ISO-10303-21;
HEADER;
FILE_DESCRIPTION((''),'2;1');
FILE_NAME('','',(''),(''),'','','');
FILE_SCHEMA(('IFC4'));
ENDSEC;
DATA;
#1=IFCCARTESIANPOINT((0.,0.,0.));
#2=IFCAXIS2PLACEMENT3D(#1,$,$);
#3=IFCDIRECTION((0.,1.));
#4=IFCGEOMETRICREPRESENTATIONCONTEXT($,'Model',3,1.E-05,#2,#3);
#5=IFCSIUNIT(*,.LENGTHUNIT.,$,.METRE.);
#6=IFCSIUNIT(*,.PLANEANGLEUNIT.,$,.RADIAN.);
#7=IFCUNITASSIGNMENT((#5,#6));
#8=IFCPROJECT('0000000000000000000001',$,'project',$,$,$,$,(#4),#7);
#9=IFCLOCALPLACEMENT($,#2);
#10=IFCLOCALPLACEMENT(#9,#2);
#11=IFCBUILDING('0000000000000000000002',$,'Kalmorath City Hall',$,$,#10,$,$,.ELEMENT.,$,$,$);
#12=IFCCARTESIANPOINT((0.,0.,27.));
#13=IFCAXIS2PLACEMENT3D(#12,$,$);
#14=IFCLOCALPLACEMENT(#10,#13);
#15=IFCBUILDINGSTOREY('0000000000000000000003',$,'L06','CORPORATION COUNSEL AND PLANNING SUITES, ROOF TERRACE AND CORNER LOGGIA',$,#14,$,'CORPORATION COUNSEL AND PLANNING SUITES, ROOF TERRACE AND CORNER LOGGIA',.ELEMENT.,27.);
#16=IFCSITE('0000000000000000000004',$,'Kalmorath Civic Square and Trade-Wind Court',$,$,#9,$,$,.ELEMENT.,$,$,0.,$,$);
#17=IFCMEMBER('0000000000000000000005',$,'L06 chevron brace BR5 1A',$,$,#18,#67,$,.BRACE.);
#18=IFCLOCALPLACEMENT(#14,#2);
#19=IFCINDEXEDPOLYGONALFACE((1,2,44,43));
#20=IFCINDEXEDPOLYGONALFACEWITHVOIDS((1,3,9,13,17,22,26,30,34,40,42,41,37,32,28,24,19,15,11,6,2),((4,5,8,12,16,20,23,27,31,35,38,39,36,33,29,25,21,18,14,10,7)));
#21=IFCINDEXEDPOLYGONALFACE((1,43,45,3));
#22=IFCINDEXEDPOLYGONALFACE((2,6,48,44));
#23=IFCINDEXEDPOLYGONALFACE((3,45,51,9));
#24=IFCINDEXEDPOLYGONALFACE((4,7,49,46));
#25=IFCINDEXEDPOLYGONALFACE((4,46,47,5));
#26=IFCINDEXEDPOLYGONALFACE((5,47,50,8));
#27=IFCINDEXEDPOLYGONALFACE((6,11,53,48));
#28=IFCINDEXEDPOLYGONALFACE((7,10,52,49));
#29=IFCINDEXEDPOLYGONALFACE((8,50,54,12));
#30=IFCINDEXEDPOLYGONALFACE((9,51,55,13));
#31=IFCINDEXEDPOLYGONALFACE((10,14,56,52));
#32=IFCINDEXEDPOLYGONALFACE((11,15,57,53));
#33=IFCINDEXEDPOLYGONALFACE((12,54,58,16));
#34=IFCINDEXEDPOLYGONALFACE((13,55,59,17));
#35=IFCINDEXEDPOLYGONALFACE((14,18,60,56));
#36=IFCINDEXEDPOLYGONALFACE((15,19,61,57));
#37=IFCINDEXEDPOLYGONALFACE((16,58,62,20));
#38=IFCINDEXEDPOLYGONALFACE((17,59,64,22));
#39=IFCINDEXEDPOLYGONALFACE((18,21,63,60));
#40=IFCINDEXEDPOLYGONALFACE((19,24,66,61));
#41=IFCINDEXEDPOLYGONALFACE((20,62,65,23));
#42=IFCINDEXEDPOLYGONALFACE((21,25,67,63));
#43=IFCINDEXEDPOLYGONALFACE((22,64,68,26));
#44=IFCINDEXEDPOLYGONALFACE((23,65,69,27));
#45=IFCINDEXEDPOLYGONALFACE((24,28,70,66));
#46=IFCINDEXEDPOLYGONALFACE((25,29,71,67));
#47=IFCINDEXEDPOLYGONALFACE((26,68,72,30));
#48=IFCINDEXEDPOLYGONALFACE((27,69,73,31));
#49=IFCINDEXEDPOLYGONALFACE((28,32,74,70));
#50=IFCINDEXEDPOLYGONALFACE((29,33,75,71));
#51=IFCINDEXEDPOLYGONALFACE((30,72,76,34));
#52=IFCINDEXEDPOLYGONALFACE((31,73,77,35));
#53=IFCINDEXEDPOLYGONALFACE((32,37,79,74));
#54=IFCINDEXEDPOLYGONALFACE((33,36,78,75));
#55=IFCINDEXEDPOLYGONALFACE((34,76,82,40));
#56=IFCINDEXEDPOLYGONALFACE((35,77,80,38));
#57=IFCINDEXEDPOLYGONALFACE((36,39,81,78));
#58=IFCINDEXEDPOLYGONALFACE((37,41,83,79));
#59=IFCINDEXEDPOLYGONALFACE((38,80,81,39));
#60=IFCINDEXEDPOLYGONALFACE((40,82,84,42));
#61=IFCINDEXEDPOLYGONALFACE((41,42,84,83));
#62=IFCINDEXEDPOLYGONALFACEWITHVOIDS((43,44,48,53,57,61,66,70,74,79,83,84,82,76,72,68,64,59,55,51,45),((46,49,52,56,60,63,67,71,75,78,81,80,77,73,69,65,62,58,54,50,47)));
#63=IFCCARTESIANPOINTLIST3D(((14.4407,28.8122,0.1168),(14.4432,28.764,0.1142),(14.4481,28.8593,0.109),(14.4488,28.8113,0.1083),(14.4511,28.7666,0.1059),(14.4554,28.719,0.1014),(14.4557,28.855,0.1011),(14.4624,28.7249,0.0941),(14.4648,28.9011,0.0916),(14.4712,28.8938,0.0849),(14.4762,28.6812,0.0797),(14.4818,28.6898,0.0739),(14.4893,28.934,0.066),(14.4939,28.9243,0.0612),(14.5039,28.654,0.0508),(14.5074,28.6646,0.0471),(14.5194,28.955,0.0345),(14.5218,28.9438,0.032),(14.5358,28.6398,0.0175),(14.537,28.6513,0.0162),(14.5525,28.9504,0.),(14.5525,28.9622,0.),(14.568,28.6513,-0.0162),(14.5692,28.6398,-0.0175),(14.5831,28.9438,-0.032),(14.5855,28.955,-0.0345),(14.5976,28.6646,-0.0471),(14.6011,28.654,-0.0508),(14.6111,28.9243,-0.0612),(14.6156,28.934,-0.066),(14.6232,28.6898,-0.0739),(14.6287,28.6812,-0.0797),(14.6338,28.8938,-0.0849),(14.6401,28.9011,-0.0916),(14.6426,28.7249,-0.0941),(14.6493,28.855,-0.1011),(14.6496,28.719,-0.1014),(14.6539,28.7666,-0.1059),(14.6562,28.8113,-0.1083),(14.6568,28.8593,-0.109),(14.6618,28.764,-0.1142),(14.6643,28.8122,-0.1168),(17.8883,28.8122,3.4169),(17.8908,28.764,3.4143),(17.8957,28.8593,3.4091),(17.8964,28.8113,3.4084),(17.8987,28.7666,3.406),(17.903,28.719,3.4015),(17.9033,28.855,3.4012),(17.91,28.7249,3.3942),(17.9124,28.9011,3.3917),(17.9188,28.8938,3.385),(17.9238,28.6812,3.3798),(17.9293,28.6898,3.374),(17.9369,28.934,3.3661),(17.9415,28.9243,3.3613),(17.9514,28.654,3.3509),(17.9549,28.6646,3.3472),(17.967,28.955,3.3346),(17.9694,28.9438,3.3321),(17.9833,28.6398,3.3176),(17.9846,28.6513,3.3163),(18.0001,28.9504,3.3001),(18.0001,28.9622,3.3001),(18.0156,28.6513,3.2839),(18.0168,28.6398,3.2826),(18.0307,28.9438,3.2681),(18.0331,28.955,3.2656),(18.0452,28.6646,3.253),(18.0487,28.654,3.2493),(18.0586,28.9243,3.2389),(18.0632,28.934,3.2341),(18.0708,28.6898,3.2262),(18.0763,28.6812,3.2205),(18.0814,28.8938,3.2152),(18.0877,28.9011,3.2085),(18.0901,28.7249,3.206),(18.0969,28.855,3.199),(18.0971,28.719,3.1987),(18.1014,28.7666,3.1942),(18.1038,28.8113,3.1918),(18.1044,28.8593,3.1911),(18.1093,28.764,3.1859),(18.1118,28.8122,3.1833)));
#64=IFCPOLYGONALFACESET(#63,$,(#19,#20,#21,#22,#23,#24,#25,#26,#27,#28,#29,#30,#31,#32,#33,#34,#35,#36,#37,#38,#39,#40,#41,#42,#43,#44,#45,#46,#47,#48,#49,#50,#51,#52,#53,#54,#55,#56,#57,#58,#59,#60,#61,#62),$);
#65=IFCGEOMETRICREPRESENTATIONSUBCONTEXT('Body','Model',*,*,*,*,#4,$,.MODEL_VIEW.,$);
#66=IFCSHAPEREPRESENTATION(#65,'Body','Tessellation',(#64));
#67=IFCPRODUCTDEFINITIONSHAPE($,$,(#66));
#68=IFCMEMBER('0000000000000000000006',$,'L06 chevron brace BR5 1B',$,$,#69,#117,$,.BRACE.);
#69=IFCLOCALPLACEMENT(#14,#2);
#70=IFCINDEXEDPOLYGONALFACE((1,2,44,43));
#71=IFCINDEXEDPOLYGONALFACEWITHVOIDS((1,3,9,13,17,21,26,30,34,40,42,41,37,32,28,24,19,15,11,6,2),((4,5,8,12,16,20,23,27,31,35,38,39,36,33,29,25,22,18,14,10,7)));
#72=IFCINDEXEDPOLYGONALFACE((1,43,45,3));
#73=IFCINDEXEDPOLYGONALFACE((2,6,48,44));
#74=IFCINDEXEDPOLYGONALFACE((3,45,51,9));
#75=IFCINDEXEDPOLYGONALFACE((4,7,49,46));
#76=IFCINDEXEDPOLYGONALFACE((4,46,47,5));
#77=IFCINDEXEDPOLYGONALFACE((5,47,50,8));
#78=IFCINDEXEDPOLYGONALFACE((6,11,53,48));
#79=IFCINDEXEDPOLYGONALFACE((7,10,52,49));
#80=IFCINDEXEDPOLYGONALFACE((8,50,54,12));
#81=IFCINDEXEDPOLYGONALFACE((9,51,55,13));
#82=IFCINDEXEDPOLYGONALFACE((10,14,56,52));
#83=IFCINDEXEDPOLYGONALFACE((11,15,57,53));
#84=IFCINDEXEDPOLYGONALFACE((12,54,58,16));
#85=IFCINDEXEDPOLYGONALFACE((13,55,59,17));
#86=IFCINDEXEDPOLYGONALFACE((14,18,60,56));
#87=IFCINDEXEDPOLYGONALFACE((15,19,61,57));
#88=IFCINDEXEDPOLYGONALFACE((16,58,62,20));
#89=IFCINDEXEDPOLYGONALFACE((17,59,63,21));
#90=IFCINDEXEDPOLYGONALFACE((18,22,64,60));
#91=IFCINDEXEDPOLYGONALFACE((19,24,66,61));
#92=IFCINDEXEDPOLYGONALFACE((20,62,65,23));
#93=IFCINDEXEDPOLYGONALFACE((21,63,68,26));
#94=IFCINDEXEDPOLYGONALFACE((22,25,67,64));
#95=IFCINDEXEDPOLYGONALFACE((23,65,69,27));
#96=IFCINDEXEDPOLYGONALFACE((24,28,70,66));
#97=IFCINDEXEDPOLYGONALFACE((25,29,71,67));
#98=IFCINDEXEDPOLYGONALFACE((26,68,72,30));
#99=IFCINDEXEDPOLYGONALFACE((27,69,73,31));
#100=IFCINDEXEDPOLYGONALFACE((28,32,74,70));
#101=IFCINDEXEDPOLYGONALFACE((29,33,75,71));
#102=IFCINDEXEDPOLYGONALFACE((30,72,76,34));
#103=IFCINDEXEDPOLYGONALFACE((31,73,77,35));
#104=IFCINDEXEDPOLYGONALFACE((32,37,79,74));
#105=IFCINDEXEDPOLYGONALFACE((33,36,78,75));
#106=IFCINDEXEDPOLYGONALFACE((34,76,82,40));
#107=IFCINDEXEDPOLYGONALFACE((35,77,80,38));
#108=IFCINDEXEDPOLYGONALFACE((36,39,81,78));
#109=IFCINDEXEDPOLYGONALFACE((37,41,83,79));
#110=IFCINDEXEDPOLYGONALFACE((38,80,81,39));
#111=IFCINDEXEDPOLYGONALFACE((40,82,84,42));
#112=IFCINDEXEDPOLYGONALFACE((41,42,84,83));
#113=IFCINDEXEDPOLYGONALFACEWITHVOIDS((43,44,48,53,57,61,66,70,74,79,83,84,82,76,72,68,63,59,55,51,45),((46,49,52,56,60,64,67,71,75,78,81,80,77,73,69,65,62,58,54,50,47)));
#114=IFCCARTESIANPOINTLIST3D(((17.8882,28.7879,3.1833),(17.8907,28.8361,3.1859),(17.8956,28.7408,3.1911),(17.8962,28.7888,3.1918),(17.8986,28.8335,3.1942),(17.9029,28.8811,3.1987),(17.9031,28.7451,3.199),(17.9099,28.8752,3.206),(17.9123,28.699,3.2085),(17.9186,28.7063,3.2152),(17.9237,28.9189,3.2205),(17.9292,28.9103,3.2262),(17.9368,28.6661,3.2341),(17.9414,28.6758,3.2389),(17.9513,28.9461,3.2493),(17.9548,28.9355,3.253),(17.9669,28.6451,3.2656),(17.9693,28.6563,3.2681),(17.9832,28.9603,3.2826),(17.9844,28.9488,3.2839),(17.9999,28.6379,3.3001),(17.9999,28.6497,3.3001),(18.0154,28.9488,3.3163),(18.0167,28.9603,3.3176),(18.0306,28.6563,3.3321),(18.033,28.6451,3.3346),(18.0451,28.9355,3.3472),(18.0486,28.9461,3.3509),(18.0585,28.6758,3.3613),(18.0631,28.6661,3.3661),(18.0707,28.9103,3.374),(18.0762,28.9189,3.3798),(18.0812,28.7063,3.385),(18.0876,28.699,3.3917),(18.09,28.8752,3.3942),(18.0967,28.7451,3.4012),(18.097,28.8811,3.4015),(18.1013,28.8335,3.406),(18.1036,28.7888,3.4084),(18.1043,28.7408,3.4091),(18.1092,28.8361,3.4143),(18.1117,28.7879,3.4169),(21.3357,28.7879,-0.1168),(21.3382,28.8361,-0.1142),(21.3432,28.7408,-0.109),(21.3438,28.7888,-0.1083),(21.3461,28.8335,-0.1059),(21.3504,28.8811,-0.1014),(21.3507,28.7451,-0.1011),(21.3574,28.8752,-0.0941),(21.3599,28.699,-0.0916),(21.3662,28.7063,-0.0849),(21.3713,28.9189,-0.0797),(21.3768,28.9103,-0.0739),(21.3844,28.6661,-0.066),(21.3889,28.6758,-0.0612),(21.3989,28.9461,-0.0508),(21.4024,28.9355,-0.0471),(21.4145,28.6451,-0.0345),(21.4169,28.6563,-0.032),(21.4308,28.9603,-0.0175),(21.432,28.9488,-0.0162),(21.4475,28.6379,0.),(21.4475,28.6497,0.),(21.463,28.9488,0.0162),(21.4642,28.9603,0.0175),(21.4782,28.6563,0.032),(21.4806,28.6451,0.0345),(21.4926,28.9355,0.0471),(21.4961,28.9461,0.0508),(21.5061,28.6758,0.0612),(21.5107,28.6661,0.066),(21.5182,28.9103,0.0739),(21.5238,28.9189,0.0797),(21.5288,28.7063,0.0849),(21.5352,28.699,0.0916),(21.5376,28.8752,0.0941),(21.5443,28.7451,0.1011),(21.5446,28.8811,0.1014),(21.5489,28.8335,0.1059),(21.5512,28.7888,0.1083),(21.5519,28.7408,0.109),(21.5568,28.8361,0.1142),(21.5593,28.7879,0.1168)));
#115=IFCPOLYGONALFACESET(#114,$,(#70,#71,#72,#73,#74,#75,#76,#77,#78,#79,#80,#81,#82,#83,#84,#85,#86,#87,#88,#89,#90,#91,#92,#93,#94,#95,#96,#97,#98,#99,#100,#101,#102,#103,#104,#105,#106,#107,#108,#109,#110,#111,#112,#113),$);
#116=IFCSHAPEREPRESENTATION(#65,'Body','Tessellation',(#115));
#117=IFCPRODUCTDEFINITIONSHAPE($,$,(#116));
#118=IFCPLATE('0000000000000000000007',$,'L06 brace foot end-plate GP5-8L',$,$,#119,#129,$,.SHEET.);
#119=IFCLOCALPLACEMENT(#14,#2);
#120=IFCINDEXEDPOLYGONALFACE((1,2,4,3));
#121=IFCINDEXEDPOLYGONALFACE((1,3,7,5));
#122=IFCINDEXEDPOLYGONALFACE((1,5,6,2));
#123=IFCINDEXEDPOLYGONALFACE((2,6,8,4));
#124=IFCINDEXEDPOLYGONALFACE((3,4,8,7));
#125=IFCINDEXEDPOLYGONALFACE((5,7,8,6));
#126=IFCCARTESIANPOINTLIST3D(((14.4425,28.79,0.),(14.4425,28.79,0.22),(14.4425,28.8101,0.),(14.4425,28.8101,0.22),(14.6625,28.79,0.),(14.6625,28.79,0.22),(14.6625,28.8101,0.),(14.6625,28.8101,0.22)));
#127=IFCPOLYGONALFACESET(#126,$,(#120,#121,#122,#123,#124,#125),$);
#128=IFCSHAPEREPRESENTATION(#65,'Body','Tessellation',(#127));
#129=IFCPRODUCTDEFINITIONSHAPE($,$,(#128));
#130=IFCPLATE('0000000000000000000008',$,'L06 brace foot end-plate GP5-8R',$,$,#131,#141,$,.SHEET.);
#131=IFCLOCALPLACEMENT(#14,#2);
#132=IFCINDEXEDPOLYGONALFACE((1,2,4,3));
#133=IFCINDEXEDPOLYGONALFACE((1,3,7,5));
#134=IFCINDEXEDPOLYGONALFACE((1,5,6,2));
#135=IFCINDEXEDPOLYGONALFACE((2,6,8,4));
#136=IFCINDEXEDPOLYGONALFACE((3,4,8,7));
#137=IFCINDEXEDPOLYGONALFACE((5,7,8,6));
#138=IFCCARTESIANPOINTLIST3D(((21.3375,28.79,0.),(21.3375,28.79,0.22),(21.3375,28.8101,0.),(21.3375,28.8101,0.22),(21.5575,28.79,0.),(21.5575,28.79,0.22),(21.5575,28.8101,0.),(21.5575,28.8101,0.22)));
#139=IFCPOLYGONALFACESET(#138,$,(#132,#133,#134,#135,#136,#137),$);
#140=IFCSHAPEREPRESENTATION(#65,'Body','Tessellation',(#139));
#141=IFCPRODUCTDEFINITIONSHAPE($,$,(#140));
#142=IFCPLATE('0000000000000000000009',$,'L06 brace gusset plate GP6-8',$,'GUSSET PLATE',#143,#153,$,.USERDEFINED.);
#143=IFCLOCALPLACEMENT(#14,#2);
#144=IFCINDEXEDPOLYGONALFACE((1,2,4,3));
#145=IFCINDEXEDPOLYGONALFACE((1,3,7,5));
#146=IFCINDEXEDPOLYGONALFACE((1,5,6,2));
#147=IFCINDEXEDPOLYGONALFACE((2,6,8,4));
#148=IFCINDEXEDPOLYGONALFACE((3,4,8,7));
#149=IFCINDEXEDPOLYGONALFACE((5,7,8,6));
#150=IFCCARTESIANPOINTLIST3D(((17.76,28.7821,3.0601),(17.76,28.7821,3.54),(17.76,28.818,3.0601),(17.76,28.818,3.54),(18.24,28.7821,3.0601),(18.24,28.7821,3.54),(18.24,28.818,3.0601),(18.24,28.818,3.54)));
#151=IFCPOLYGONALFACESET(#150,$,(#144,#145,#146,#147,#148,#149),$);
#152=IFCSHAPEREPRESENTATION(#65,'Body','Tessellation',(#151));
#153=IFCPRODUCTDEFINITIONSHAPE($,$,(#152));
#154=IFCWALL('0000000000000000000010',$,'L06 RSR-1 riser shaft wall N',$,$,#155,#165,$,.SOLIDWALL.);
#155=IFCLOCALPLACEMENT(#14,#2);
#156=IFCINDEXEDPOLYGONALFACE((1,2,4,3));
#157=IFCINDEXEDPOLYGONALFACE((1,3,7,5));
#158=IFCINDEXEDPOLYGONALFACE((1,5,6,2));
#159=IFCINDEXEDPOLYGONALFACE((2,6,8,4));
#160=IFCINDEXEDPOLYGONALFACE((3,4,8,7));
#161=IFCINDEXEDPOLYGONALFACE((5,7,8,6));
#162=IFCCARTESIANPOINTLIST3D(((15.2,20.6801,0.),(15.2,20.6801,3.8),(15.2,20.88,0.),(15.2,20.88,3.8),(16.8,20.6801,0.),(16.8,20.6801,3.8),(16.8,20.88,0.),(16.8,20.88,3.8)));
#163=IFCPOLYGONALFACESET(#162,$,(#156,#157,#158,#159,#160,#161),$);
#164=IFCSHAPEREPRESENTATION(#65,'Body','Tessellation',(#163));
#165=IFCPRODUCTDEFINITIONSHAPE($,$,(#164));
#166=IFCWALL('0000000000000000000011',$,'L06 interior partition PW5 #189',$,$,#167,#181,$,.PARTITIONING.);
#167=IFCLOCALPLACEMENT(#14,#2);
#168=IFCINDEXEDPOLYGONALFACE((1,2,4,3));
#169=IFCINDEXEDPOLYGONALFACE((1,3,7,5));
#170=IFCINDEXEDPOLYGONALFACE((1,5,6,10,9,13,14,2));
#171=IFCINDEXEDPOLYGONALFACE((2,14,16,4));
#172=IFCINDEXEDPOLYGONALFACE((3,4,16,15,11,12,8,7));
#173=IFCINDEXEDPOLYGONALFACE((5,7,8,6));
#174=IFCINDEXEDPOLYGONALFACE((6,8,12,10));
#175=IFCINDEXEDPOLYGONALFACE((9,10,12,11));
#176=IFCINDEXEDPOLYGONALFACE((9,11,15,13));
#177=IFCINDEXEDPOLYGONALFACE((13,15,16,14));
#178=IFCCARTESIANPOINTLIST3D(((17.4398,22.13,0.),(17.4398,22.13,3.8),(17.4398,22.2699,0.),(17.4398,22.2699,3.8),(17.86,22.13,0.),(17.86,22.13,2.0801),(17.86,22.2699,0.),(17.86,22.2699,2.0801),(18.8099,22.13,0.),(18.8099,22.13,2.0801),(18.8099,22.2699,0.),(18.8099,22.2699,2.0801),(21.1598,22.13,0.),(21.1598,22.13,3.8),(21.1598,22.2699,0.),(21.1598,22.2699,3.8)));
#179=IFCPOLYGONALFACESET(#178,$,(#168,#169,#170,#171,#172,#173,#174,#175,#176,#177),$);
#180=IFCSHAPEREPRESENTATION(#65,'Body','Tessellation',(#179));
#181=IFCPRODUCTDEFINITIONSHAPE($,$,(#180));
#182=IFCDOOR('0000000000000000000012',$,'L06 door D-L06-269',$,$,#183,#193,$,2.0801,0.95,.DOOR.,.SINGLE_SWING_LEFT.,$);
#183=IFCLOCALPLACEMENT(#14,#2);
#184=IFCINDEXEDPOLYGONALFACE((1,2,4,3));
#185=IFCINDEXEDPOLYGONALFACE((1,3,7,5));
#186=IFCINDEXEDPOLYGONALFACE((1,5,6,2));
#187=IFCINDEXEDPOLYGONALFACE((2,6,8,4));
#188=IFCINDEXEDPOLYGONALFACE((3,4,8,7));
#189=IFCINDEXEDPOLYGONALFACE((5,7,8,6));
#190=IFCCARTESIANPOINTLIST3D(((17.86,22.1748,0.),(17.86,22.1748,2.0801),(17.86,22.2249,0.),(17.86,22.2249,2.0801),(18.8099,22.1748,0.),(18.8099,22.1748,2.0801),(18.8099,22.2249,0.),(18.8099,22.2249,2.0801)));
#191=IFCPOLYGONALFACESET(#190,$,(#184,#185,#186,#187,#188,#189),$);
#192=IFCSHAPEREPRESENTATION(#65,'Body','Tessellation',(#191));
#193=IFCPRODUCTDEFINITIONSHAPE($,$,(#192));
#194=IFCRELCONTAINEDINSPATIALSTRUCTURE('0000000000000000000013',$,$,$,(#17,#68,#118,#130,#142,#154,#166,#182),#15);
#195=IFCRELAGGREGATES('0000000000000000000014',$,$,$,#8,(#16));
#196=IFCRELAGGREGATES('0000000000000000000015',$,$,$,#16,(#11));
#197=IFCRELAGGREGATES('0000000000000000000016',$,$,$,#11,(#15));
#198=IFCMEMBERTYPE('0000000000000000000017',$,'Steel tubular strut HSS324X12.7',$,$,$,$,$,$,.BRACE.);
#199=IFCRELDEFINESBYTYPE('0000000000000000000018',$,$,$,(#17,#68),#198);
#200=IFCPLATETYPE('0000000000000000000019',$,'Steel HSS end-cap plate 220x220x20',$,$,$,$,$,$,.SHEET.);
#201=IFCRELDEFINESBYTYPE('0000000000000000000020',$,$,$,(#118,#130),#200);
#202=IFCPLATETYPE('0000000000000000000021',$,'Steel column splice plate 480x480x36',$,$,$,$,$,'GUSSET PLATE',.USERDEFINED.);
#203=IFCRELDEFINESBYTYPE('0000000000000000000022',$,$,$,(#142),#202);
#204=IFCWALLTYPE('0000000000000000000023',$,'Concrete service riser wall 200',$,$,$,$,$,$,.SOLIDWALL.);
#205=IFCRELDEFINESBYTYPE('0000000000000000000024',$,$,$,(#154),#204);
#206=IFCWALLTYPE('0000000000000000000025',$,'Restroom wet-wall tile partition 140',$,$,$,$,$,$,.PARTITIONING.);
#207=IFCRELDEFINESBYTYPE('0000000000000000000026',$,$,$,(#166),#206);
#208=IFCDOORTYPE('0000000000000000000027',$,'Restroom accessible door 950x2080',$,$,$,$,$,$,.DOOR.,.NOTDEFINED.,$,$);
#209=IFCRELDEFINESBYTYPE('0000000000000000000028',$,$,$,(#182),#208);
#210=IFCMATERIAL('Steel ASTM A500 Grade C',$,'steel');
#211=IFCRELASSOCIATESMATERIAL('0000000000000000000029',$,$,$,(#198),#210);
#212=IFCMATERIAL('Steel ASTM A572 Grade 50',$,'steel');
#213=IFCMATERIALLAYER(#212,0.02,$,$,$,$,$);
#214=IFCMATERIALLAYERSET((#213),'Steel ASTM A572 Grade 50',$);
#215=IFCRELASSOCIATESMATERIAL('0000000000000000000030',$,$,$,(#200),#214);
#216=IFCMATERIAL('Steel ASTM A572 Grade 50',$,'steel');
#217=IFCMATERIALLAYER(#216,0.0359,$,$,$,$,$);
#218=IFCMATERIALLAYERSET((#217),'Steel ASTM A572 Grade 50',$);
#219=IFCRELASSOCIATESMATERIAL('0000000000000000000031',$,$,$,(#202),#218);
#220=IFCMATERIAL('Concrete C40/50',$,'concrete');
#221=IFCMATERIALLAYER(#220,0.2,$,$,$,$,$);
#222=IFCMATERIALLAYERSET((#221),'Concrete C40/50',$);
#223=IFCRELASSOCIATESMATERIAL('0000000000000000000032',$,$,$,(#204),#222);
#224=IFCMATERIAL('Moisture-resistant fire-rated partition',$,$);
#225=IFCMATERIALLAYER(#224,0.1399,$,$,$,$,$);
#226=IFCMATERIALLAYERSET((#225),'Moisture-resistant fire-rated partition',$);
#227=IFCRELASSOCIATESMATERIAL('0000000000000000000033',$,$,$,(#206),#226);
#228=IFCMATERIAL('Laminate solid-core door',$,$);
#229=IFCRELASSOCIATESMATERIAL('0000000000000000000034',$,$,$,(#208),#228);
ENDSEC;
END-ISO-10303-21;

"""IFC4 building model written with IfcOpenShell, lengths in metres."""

from ifc_helpers import new_model, si_unit, direction, frame, frame_2d, origin, origin_2d, place, context, subcontext, project, spatial, rectangle, hollow_circle, extrude, material, layer, layer_set, material_profile, profile_set, type_object, element, fill, save


model = new_model("IFC4")

# Units and contexts
model_context = context("Model", 3, precision=1e-05, world=origin(), true_north=direction((0.0, 1.0)))
body_context = subcontext(model_context, "Body", "Model", "MODEL_VIEW")
ifc_project = project(units=[si_unit("LENGTHUNIT", "METRE"), si_unit("PLANEANGLEUNIT", "RADIAN")], contexts=[model_context])

# Site, building, storey
site_placement = place(None, origin())
site = spatial("IfcSite", under=ifc_project, at=site_placement, Name="Kalmorath Civic Square and Trade-Wind Court", CompositionType="ELEMENT", RefElevation=0.0)
building_placement = place(site_placement, origin())
building = spatial("IfcBuilding", under=site, at=building_placement, Name="Kalmorath City Hall", CompositionType="ELEMENT")
storey_placement = place(building_placement, frame((0.0, 0.0, 27.0)))
storey = spatial("IfcBuildingStorey", under=building, at=storey_placement, Name="L06", Description="CORPORATION COUNSEL AND PLANNING SUITES, ROOF TERRACE AND CORNER LOGGIA", LongName="CORPORATION COUNSEL AND PLANNING SUITES, ROOF TERRACE AND CORNER LOGGIA", CompositionType="ELEMENT", Elevation=27.0)

# Members
ifc_material_1 = material(Name="Steel ASTM A500 Grade C", Category="steel")
ifc_material_profile_1 = material_profile(ifc_material_1, hollow_circle(Radius=0.1621, WallThickness=0.0117, at=origin_2d()), Name="HSS324X12.7")
ifc_profile_set_1 = profile_set([ifc_material_profile_1], Name="Steel ASTM A500 Grade C")
member_type = type_object("IfcMemberType", Name="Steel tubular strut HSS324X12.7", PredefinedType="BRACE", material=ifc_profile_set_1)
for number, where, z_axis, x_axis, name in (
    (1, (14.5525, 28.8, 0.0), (0.722387, 0.0, 0.691489), (0.0, 1.0, 0.0), "L06 chevron brace BR5 1A"),
    (2, (21.4475, 28.8, 0.0), (-0.722387, 0.0, 0.691489), (0.0, -1.0, 0.0), "L06 chevron brace BR5 1B"),
):
    element("IfcMember", number, at=place(storey_placement, frame(where, z_axis=z_axis, x_axis=x_axis)), inside=storey, type_object=member_type, Name=name, PredefinedType="BRACE", context=body_context, shape_type="SweptSolid", body=[
        extrude(hollow_circle(Radius=0.1621, WallThickness=0.0117, at=origin_2d()), origin(), (0.0, 0.0, 1.0), 4.7725),
    ])

# Plates
ifc_material_2 = material(Name="Steel ASTM A572 Grade 50", Category="steel")
ifc_layer_1 = layer(ifc_material_2, 0.02)
ifc_layer_set_1 = layer_set([ifc_layer_1], Name="Steel ASTM A572 Grade 50")
plate_type_1 = type_object("IfcPlateType", Name="Steel HSS end-cap plate 220x220x20", PredefinedType="SHEET", material=ifc_layer_set_1)
for number, where, z_axis, x_axis, name in (
    (3, (14.5525, 28.8, 0.0), (0.0, 0.0, 1.0), (1.0, 0.0, 0.0), "L06 brace foot end-plate GP5-8L"),
    (4, (21.4475, 28.8, 0.0), (0.0, 0.0, 1.0), (1.0, 0.0, 0.0), "L06 brace foot end-plate GP5-8R"),
):
    element("IfcPlate", number, at=place(storey_placement, frame(where, z_axis=z_axis, x_axis=x_axis)), inside=storey, type_object=plate_type_1, Name=name, PredefinedType="SHEET", context=body_context, shape_type="SweptSolid", body=[
        extrude(rectangle(XDim=0.22, YDim=0.02, at=origin_2d()), origin(), (0.0, 0.0, 1.0), 0.22),
    ])
ifc_material_3 = material(Name="Steel ASTM A572 Grade 50", Category="steel")
ifc_layer_2 = layer(ifc_material_3, 0.0359)
ifc_layer_set_2 = layer_set([ifc_layer_2], Name="Steel ASTM A572 Grade 50")
plate_type_2 = type_object("IfcPlateType", Name="Steel column splice plate 480x480x36", ElementType="GUSSET PLATE", PredefinedType="USERDEFINED", material=ifc_layer_set_2)
plate_placement = place(storey_placement, frame((18.0, 28.8, 3.0601), z_axis=(0.0, 0.0, 1.0), x_axis=(1.0, 0.0, 0.0)))
element("IfcPlate", 5, at=plate_placement, inside=storey, type_object=plate_type_2, Name="L06 brace gusset plate GP6-8", ObjectType="GUSSET PLATE", PredefinedType="USERDEFINED", context=body_context, shape_type="SweptSolid", body=[
    extrude(rectangle(XDim=0.48, YDim=0.0359, at=origin_2d()), origin(), (0.0, 0.0, 1.0), 0.48),
])

# Wall
ifc_material_4 = material(Name="Concrete C40/50", Category="concrete")
ifc_layer_3 = layer(ifc_material_4, 0.2)
ifc_layer_set_3 = layer_set([ifc_layer_3], Name="Concrete C40/50")
wall_type_1 = type_object("IfcWallType", Name="Concrete service riser wall 200", PredefinedType="SOLIDWALL", material=ifc_layer_set_3)
wall_1_placement = place(storey_placement, frame((16.8, 20.78, 0.0), z_axis=(0.0, 0.0, 1.0), x_axis=(-1.0, 0.0, 0.0)))
element("IfcWall", 6, at=wall_1_placement, inside=storey, type_object=wall_type_1, Name="L06 RSR-1 riser shaft wall N", PredefinedType="SOLIDWALL", context=body_context, shape_type="SweptSolid", body=[
    extrude(rectangle(XDim=1.6001, YDim=0.2, at=frame_2d((0.8, 0.0))), origin(), (0.0, 0.0, 1.0), 3.8),
])

# Wall, opening, door
ifc_material_5 = material(Name="Moisture-resistant fire-rated partition")
ifc_layer_4 = layer(ifc_material_5, 0.1399)
ifc_layer_set_4 = layer_set([ifc_layer_4], Name="Moisture-resistant fire-rated partition")
wall_type_2 = type_object("IfcWallType", Name="Restroom wet-wall tile partition 140", PredefinedType="PARTITIONING", material=ifc_layer_set_4)
wall_2_placement = place(storey_placement, frame((17.4399, 22.2, 0.0), z_axis=(0.0, 0.0, 1.0), x_axis=(1.0, 0.0, 0.0)))
wall_2 = element("IfcWall", 7, at=wall_2_placement, inside=storey, type_object=wall_type_2, Name="L06 interior partition PW5 #189", PredefinedType="PARTITIONING", context=body_context, shape_type="SweptSolid", body=[
    extrude(rectangle(XDim=3.72, YDim=0.1399, at=frame_2d((1.8599, 0.0))), origin(), (0.0, 0.0, 1.0), 3.8),
])
opening_1_placement = place(wall_2_placement, frame((0.4199, 0.0, 0.0)))
opening_1 = element("IfcOpeningElement", 8, at=opening_1_placement, cuts=wall_2, PredefinedType="OPENING", context=body_context, shape_type="SweptSolid", body=[
    extrude(rectangle(XDim=0.95, YDim=2.0801, at=frame_2d((0.4751, 1.04))), frame((0.0, 0.0798, 0.0), z_axis=(0.0, -1.0, 0.0), x_axis=(1.0, 0.0, 0.0)), (0.0, 0.0, 1.0), 0.1599),
])
ifc_material_6 = material(Name="Laminate solid-core door")
door_type_1 = type_object("IfcDoorType", Name="Restroom accessible door 950x2080", OperationType="NOTDEFINED", PredefinedType="DOOR", material=ifc_material_6)
door_1_placement = place(opening_1_placement, origin())
door_1 = element("IfcDoor", 9, at=door_1_placement, inside=storey, type_object=door_type_1, Name="L06 door D-L06-269", OperationType="SINGLE_SWING_LEFT", OverallHeight=2.0801, OverallWidth=0.95, PredefinedType="DOOR", context=body_context, shape_type="SweptSolid", body=[
    extrude(rectangle(XDim=0.95, YDim=2.0801, at=frame_2d((0.4751, 1.04))), frame((0.0, 0.0249, 0.0), z_axis=(0.0, -1.0, 0.0), x_axis=(1.0, 0.0, 0.0)), (0.0, 0.0, 1.0), 0.05),
])
fill(opening_1, door_1)

save(model, "model.ifc")
